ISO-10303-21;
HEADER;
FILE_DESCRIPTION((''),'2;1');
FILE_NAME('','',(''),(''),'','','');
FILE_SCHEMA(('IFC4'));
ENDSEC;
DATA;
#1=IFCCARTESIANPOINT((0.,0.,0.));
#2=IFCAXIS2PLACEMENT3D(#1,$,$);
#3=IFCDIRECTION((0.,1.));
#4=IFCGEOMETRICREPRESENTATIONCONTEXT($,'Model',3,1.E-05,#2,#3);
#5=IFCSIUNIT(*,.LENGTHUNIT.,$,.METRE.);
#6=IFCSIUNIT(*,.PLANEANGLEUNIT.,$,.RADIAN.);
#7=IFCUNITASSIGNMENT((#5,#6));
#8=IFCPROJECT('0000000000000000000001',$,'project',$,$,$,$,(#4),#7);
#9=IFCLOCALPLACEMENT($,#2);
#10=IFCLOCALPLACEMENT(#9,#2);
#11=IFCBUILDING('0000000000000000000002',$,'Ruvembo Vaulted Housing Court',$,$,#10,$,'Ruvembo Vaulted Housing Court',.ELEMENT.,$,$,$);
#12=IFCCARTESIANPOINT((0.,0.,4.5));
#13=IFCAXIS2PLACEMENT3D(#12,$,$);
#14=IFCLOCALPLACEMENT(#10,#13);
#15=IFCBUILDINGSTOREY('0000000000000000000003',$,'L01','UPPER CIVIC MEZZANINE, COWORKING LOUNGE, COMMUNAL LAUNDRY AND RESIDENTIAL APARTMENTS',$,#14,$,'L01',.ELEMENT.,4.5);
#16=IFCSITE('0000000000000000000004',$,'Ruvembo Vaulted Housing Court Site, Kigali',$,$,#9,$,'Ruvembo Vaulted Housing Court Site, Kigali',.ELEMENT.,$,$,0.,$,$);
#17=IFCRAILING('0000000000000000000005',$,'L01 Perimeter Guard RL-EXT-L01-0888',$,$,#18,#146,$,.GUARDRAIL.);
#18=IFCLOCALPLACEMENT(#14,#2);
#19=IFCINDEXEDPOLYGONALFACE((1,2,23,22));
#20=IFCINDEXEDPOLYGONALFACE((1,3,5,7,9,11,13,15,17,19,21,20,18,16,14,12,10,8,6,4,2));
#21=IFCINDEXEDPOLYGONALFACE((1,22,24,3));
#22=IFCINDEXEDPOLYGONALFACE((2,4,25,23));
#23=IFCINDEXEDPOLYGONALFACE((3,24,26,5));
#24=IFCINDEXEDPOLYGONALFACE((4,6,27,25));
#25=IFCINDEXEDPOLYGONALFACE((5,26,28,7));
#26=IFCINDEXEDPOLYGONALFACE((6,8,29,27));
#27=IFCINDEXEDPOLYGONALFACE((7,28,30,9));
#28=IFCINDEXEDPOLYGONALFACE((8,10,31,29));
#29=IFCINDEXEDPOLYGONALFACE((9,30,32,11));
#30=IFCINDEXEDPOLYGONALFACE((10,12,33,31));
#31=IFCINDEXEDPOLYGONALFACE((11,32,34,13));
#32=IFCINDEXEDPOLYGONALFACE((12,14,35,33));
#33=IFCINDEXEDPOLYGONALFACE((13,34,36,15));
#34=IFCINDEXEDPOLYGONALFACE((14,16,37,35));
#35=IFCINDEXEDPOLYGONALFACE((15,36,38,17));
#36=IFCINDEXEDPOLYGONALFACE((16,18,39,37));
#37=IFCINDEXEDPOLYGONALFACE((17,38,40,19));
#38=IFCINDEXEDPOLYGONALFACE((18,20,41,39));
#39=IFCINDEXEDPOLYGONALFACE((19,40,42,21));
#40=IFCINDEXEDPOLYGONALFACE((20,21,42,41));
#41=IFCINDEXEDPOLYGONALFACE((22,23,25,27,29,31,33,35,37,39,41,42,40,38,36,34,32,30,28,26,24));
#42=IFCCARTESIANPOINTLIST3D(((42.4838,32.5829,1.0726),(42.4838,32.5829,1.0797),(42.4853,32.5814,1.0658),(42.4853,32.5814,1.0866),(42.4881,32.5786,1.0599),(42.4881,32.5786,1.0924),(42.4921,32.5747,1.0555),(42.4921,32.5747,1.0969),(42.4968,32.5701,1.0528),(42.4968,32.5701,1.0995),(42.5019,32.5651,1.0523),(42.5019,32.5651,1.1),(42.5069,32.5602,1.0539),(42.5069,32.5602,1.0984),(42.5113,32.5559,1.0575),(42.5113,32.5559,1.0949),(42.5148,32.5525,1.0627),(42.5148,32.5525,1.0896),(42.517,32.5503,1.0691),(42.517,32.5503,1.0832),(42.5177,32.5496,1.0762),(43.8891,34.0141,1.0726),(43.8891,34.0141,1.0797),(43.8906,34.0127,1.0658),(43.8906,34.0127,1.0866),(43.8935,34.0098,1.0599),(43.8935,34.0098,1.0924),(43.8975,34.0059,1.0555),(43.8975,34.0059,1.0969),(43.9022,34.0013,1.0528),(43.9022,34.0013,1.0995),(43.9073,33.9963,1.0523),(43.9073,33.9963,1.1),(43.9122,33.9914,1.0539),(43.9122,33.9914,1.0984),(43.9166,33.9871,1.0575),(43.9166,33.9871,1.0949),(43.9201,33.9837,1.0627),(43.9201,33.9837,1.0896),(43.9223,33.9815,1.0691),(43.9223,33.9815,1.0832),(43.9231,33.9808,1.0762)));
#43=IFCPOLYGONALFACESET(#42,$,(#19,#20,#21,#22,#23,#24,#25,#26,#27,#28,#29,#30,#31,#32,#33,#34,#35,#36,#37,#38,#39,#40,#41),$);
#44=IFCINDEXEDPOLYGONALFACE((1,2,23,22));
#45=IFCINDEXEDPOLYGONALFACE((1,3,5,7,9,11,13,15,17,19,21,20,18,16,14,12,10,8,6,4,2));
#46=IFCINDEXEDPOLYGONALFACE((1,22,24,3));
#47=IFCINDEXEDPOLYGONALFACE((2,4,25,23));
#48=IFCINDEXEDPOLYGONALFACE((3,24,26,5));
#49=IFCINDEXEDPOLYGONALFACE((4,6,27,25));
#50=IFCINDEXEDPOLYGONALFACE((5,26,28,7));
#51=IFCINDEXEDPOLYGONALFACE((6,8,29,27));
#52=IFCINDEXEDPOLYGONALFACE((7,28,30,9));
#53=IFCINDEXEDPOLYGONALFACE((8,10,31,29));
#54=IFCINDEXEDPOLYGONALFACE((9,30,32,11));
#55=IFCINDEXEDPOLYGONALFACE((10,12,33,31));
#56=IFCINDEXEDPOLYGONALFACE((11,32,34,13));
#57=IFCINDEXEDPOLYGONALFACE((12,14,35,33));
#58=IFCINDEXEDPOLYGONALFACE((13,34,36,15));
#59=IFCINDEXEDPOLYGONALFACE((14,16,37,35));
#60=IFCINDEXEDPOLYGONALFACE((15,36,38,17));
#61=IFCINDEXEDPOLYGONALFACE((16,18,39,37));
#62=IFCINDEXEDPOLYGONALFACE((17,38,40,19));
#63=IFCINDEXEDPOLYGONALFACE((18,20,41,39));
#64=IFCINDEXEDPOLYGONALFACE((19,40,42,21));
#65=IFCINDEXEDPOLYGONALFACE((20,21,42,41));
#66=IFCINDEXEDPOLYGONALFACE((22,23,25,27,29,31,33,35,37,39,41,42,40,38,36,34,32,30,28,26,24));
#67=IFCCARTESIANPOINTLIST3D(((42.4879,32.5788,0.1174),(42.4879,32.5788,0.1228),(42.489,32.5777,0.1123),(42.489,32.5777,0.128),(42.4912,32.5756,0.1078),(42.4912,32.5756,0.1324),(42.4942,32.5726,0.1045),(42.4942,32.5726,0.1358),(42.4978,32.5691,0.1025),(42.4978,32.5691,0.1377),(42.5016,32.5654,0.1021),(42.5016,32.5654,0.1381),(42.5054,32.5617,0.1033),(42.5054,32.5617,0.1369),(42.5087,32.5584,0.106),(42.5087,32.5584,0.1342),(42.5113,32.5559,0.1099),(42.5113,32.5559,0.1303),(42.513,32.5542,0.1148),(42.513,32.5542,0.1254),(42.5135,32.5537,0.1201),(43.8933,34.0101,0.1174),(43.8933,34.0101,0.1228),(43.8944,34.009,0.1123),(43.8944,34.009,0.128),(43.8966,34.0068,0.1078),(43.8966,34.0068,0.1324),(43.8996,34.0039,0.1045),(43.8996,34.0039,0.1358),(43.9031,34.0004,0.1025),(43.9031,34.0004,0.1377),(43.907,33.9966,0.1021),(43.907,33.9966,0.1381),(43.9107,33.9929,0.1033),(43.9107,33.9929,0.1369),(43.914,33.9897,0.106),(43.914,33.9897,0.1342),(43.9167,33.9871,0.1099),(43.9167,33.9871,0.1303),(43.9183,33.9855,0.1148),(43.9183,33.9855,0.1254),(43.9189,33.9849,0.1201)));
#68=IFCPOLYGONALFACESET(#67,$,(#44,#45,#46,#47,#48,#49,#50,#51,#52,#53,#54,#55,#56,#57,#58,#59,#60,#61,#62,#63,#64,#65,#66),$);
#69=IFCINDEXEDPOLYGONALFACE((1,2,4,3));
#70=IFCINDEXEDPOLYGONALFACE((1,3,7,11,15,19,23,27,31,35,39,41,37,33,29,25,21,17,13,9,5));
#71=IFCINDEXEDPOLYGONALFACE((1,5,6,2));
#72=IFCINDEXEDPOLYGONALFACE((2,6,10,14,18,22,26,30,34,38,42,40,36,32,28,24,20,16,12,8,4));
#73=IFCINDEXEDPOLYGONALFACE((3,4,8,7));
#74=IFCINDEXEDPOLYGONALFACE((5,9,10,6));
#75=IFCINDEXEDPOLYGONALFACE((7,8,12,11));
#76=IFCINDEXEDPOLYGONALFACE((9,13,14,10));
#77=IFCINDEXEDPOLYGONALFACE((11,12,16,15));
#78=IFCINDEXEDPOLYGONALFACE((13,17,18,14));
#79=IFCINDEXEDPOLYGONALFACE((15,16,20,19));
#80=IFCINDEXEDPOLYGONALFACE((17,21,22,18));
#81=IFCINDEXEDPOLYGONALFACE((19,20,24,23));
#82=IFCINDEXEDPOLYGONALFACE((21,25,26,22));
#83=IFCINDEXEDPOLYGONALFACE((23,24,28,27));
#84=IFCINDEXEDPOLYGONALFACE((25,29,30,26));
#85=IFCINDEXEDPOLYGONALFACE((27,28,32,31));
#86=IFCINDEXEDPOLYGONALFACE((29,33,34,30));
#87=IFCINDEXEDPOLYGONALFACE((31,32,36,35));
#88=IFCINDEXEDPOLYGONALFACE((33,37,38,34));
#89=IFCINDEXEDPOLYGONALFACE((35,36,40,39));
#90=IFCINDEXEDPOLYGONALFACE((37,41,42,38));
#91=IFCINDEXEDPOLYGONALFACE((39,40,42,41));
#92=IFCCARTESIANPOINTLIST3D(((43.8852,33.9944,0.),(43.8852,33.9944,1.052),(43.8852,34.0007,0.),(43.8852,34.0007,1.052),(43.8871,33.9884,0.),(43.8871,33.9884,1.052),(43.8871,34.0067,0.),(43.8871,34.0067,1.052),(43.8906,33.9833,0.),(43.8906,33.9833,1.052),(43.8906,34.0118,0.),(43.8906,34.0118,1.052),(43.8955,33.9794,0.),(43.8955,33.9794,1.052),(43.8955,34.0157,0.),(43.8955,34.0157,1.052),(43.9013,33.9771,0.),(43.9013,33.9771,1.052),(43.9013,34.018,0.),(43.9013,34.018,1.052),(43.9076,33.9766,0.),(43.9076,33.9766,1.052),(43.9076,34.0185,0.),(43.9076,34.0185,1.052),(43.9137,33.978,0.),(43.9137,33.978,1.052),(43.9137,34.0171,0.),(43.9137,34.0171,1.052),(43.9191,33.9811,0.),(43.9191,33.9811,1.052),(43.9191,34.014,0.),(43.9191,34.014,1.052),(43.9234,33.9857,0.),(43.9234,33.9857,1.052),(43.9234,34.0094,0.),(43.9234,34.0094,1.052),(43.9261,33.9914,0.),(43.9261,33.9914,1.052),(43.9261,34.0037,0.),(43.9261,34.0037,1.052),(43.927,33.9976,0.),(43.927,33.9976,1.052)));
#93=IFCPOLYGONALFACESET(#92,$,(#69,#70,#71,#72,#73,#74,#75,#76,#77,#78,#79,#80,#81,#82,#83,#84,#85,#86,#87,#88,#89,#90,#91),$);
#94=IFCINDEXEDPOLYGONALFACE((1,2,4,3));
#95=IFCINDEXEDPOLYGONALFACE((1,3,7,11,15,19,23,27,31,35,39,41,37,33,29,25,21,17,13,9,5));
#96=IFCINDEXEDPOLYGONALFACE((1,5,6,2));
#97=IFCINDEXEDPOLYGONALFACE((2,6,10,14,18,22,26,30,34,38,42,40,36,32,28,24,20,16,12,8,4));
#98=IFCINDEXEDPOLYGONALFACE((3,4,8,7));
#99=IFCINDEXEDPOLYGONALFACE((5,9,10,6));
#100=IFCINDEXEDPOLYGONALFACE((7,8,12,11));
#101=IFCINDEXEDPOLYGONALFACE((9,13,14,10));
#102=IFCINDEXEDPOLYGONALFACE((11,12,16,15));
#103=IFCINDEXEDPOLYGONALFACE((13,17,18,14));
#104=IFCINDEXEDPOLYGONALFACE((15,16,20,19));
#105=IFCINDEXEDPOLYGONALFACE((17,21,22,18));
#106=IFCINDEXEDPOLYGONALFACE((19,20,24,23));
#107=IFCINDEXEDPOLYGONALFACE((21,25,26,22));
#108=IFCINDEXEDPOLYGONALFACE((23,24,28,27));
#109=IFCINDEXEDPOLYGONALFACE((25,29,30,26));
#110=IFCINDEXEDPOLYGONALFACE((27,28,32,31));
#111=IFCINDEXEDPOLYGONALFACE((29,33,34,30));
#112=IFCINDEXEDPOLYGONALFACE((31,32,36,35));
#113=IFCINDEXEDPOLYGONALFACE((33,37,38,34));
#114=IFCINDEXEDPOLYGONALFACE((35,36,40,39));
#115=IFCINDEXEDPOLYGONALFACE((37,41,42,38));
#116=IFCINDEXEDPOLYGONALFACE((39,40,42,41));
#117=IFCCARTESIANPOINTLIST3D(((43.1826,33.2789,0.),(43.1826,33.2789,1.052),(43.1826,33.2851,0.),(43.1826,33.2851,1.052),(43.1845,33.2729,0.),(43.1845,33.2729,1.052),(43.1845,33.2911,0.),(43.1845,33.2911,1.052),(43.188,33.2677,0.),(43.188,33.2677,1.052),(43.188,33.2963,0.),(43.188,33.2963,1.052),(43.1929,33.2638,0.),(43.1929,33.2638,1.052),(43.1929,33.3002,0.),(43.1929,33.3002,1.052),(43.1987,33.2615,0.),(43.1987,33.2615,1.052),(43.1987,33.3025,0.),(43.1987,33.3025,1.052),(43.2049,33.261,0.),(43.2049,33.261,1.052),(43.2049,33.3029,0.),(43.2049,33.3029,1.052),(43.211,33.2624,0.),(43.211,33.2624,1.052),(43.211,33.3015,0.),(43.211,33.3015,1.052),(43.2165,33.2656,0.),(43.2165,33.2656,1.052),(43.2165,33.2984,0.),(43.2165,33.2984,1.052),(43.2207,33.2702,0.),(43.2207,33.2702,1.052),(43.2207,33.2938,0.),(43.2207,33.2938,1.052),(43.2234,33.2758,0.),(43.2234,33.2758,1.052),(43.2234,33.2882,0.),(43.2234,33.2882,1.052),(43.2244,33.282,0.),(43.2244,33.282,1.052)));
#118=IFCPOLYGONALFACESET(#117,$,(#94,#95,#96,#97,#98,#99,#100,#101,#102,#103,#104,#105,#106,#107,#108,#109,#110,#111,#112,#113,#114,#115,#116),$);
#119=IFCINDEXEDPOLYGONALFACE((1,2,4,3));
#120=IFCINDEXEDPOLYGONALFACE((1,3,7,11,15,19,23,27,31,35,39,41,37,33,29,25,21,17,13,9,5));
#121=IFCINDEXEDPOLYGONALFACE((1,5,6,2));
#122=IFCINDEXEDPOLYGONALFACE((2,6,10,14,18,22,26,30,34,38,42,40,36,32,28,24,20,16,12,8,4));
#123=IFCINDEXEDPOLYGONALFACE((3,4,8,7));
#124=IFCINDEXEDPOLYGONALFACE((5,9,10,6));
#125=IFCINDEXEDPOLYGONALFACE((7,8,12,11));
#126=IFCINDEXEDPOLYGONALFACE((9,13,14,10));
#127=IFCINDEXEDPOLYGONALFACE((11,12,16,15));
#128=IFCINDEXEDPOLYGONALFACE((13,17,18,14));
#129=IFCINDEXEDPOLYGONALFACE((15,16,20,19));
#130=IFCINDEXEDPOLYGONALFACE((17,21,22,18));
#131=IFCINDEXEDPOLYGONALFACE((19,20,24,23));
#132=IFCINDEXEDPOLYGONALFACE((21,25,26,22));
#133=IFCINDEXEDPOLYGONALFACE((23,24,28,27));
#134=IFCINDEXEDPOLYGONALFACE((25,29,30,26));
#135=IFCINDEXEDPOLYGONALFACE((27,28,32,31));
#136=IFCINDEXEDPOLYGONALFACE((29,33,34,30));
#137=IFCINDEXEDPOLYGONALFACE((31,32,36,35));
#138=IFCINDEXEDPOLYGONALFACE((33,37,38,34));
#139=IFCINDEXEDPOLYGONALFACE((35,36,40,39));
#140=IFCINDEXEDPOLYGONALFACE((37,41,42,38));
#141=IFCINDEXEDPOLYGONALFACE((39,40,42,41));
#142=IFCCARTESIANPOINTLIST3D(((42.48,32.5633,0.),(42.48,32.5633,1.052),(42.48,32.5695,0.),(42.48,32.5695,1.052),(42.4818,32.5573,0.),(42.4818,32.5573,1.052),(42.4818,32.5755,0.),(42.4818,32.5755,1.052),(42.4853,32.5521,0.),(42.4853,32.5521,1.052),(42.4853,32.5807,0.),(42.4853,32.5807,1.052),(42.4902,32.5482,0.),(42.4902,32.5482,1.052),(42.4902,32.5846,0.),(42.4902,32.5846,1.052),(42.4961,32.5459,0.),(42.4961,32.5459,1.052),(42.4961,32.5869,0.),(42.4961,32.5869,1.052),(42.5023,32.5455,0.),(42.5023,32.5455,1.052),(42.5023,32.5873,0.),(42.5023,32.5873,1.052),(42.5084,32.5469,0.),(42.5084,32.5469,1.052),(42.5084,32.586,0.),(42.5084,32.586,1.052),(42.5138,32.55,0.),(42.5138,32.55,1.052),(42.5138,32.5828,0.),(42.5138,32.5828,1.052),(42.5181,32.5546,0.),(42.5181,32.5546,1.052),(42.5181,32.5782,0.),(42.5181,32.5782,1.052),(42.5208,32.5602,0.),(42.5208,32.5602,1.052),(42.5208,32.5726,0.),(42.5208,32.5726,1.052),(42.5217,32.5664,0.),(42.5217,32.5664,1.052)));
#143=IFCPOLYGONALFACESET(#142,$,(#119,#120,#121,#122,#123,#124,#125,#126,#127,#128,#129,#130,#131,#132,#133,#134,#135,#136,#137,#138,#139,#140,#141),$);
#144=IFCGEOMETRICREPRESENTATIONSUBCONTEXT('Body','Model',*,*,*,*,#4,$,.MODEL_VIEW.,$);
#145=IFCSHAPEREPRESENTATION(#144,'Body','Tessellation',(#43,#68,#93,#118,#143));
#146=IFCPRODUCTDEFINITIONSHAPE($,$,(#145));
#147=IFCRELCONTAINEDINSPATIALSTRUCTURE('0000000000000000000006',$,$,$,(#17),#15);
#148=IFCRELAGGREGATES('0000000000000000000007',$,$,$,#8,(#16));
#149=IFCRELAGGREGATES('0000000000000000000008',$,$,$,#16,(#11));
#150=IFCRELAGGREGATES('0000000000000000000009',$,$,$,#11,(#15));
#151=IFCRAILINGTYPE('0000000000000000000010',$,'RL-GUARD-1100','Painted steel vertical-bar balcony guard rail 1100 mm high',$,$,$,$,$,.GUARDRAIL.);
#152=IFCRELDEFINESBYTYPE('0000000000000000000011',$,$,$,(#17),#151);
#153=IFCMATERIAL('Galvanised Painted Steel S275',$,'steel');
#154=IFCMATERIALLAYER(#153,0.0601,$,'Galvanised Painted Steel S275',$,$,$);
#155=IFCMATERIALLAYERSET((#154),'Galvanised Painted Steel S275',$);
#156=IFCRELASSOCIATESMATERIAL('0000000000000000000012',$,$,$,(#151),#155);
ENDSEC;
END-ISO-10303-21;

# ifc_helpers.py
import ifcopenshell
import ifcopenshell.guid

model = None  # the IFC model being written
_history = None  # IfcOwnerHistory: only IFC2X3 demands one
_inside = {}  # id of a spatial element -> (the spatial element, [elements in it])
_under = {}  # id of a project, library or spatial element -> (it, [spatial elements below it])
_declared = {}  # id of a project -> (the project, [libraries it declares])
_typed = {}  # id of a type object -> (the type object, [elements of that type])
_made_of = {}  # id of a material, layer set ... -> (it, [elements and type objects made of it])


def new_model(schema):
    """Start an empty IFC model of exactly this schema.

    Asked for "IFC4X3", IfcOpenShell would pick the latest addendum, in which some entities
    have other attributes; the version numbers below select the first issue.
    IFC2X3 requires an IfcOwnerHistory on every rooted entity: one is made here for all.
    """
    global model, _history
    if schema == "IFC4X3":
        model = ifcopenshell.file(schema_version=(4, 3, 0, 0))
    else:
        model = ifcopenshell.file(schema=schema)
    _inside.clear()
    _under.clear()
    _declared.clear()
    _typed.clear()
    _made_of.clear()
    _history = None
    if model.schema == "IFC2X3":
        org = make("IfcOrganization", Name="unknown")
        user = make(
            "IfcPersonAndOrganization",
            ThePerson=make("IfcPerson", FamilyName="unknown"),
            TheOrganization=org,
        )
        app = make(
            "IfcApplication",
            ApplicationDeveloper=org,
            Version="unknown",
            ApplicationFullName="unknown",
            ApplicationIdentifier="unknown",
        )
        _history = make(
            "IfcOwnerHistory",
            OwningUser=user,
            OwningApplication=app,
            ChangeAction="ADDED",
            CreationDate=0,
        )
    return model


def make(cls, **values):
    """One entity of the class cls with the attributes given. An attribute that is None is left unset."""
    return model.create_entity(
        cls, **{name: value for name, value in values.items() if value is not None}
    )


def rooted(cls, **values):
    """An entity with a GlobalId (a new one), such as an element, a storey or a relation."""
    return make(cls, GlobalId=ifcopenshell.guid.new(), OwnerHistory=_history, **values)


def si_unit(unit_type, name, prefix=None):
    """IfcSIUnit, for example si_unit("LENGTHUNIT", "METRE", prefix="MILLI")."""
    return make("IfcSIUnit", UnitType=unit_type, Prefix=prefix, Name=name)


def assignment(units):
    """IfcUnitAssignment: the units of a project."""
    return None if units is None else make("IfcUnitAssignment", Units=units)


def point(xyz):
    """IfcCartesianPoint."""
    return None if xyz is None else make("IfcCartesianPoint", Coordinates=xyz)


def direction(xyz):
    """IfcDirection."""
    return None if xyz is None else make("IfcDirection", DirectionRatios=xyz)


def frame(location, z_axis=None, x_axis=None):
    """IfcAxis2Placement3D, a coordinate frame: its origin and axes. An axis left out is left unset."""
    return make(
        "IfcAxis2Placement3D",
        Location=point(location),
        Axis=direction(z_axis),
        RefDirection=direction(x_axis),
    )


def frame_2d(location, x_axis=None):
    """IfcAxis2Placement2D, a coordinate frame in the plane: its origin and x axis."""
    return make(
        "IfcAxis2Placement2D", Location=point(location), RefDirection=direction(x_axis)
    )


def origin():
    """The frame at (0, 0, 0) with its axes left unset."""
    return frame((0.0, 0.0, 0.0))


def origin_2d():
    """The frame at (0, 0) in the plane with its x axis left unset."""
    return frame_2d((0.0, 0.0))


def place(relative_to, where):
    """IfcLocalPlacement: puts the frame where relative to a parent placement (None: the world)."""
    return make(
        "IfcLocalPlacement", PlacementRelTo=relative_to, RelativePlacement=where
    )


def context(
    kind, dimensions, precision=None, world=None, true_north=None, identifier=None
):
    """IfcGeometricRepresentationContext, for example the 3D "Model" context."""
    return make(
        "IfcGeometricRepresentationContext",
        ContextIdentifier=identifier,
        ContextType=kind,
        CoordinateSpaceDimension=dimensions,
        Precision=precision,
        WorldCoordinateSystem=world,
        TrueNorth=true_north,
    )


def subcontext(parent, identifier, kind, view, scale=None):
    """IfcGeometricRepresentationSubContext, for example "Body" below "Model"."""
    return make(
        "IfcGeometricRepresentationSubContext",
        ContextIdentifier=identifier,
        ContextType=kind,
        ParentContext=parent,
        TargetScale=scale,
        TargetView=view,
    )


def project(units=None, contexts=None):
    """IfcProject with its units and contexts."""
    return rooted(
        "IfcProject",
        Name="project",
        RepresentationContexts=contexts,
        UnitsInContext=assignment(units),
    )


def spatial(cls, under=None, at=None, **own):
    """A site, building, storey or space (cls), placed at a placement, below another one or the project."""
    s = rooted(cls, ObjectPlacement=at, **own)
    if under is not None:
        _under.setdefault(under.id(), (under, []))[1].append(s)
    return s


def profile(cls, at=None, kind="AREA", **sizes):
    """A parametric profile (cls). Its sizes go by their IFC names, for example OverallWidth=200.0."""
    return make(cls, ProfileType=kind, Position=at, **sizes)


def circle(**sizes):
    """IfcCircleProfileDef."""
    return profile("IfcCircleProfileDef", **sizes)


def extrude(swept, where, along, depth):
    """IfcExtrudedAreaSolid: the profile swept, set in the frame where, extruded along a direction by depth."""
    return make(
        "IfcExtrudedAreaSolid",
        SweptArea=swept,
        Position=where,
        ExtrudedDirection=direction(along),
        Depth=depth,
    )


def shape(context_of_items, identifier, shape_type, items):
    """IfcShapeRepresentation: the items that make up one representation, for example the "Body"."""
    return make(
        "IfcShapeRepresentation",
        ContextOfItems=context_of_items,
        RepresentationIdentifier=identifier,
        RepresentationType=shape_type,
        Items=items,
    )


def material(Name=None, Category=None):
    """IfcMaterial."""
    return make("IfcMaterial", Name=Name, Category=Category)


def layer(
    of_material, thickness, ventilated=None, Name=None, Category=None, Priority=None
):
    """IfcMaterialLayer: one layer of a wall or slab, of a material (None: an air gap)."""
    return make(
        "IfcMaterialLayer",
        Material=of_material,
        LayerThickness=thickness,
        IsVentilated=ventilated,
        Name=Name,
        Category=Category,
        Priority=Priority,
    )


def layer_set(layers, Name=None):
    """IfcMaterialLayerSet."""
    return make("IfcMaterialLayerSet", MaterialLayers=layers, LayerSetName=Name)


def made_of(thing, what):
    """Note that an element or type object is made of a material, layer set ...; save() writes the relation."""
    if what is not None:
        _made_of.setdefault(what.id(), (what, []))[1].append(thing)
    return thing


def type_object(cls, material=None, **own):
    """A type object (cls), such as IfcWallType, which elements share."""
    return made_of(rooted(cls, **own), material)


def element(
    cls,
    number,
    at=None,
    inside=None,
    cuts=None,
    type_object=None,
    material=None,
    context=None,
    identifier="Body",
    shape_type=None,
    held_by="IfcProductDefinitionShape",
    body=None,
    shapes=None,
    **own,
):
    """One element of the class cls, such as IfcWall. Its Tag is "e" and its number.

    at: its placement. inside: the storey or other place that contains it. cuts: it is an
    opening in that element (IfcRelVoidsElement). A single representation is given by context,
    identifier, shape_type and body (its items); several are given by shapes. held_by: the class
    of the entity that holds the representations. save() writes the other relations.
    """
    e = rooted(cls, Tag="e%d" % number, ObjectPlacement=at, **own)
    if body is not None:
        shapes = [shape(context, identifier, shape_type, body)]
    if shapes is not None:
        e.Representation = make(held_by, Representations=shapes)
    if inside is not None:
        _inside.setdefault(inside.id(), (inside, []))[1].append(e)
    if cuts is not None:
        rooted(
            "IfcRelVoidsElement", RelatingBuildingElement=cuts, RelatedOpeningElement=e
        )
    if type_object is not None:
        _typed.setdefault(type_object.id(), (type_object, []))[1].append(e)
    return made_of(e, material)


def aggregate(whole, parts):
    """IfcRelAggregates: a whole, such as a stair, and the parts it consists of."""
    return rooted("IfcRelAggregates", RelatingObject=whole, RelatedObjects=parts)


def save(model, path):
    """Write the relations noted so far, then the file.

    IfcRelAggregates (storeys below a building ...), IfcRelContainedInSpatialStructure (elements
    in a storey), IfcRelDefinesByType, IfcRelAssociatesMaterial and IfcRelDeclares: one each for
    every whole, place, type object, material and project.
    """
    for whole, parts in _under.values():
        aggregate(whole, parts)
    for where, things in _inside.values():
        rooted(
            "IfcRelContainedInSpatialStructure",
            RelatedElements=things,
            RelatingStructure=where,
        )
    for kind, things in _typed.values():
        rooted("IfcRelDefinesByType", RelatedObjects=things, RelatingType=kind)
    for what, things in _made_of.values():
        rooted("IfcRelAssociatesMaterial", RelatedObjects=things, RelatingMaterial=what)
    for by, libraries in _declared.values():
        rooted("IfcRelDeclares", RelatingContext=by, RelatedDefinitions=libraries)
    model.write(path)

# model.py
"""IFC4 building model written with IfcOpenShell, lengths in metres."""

from ifc_helpers import new_model, si_unit, direction, frame, origin, origin_2d, place, context, subcontext, project, spatial, circle, extrude, material, layer, layer_set, type_object, element, save


model = new_model("IFC4")

# Units and contexts
model_context = context("Model", 3, precision=1e-05, world=origin(), true_north=direction((0.0, 1.0)))
body_context = subcontext(model_context, "Body", "Model", "MODEL_VIEW")
ifc_project = project(units=[si_unit("LENGTHUNIT", "METRE"), si_unit("PLANEANGLEUNIT", "RADIAN")], contexts=[model_context])

# Site, building, storey
site_placement = place(None, origin())
site = spatial("IfcSite", under=ifc_project, at=site_placement, Name="Ruvembo Vaulted Housing Court Site, Kigali", LongName="Ruvembo Vaulted Housing Court Site, Kigali", CompositionType="ELEMENT", RefElevation=0.0)
building_placement = place(site_placement, origin())
building = spatial("IfcBuilding", under=site, at=building_placement, Name="Ruvembo Vaulted Housing Court", LongName="Ruvembo Vaulted Housing Court", CompositionType="ELEMENT")
storey_placement = place(building_placement, frame((0.0, 0.0, 4.5)))
storey = spatial("IfcBuildingStorey", under=building, at=storey_placement, Name="L01", Description="UPPER CIVIC MEZZANINE, COWORKING LOUNGE, COMMUNAL LAUNDRY AND RESIDENTIAL APARTMENTS", LongName="L01", CompositionType="ELEMENT", Elevation=4.5)

# Railing
ifc_material_1 = material(Name="Galvanised Painted Steel S275", Category="steel")
ifc_layer_1 = layer(ifc_material_1, 0.0601, Name="Galvanised Painted Steel S275")
ifc_layer_set_1 = layer_set([ifc_layer_1], Name="Galvanised Painted Steel S275")
railing_type_1 = type_object("IfcRailingType", Name="RL-GUARD-1100", Description="Painted steel vertical-bar balcony guard rail 1100 mm high", PredefinedType="GUARDRAIL", material=ifc_layer_set_1)
railing_1_placement = place(storey_placement, frame((43.906, 33.9976, 0.0)))
element("IfcRailing", 1, at=railing_1_placement, inside=storey, type_object=railing_type_1, Name="L01 Perimeter Guard RL-EXT-L01-0888", PredefinedType="GUARDRAIL", context=body_context, shape_type="SweptSolid", body=[
    extrude(circle(Radius=0.0239, at=origin_2d()), frame((0.0, 0.0, 1.0762), z_axis=(-0.700626, -0.713529, 0.0), x_axis=(0.713529, -0.700626, 0.0)), (0.0, 0.0, 1.0), 2.0059),
    extrude(circle(Radius=0.0181, at=origin_2d()), frame((0.0, 0.0, 0.1201), z_axis=(-0.700626, -0.713529, 0.0), x_axis=(0.713529, -0.700626, 0.0)), (0.0, 0.0, 1.0), 2.0059),
    extrude(circle(Radius=0.021, at=origin_2d()), origin(), (0.0, 0.0, 1.0), 1.052),
    extrude(circle(Radius=0.021, at=origin_2d()), frame((-0.7026, -0.7156, 0.0)), (0.0, 0.0, 1.0), 1.052),
    extrude(circle(Radius=0.021, at=origin_2d()), frame((-1.4053, -1.4312, 0.0)), (0.0, 0.0, 1.0), 1.052),
])

save(model, "model.ifc")
